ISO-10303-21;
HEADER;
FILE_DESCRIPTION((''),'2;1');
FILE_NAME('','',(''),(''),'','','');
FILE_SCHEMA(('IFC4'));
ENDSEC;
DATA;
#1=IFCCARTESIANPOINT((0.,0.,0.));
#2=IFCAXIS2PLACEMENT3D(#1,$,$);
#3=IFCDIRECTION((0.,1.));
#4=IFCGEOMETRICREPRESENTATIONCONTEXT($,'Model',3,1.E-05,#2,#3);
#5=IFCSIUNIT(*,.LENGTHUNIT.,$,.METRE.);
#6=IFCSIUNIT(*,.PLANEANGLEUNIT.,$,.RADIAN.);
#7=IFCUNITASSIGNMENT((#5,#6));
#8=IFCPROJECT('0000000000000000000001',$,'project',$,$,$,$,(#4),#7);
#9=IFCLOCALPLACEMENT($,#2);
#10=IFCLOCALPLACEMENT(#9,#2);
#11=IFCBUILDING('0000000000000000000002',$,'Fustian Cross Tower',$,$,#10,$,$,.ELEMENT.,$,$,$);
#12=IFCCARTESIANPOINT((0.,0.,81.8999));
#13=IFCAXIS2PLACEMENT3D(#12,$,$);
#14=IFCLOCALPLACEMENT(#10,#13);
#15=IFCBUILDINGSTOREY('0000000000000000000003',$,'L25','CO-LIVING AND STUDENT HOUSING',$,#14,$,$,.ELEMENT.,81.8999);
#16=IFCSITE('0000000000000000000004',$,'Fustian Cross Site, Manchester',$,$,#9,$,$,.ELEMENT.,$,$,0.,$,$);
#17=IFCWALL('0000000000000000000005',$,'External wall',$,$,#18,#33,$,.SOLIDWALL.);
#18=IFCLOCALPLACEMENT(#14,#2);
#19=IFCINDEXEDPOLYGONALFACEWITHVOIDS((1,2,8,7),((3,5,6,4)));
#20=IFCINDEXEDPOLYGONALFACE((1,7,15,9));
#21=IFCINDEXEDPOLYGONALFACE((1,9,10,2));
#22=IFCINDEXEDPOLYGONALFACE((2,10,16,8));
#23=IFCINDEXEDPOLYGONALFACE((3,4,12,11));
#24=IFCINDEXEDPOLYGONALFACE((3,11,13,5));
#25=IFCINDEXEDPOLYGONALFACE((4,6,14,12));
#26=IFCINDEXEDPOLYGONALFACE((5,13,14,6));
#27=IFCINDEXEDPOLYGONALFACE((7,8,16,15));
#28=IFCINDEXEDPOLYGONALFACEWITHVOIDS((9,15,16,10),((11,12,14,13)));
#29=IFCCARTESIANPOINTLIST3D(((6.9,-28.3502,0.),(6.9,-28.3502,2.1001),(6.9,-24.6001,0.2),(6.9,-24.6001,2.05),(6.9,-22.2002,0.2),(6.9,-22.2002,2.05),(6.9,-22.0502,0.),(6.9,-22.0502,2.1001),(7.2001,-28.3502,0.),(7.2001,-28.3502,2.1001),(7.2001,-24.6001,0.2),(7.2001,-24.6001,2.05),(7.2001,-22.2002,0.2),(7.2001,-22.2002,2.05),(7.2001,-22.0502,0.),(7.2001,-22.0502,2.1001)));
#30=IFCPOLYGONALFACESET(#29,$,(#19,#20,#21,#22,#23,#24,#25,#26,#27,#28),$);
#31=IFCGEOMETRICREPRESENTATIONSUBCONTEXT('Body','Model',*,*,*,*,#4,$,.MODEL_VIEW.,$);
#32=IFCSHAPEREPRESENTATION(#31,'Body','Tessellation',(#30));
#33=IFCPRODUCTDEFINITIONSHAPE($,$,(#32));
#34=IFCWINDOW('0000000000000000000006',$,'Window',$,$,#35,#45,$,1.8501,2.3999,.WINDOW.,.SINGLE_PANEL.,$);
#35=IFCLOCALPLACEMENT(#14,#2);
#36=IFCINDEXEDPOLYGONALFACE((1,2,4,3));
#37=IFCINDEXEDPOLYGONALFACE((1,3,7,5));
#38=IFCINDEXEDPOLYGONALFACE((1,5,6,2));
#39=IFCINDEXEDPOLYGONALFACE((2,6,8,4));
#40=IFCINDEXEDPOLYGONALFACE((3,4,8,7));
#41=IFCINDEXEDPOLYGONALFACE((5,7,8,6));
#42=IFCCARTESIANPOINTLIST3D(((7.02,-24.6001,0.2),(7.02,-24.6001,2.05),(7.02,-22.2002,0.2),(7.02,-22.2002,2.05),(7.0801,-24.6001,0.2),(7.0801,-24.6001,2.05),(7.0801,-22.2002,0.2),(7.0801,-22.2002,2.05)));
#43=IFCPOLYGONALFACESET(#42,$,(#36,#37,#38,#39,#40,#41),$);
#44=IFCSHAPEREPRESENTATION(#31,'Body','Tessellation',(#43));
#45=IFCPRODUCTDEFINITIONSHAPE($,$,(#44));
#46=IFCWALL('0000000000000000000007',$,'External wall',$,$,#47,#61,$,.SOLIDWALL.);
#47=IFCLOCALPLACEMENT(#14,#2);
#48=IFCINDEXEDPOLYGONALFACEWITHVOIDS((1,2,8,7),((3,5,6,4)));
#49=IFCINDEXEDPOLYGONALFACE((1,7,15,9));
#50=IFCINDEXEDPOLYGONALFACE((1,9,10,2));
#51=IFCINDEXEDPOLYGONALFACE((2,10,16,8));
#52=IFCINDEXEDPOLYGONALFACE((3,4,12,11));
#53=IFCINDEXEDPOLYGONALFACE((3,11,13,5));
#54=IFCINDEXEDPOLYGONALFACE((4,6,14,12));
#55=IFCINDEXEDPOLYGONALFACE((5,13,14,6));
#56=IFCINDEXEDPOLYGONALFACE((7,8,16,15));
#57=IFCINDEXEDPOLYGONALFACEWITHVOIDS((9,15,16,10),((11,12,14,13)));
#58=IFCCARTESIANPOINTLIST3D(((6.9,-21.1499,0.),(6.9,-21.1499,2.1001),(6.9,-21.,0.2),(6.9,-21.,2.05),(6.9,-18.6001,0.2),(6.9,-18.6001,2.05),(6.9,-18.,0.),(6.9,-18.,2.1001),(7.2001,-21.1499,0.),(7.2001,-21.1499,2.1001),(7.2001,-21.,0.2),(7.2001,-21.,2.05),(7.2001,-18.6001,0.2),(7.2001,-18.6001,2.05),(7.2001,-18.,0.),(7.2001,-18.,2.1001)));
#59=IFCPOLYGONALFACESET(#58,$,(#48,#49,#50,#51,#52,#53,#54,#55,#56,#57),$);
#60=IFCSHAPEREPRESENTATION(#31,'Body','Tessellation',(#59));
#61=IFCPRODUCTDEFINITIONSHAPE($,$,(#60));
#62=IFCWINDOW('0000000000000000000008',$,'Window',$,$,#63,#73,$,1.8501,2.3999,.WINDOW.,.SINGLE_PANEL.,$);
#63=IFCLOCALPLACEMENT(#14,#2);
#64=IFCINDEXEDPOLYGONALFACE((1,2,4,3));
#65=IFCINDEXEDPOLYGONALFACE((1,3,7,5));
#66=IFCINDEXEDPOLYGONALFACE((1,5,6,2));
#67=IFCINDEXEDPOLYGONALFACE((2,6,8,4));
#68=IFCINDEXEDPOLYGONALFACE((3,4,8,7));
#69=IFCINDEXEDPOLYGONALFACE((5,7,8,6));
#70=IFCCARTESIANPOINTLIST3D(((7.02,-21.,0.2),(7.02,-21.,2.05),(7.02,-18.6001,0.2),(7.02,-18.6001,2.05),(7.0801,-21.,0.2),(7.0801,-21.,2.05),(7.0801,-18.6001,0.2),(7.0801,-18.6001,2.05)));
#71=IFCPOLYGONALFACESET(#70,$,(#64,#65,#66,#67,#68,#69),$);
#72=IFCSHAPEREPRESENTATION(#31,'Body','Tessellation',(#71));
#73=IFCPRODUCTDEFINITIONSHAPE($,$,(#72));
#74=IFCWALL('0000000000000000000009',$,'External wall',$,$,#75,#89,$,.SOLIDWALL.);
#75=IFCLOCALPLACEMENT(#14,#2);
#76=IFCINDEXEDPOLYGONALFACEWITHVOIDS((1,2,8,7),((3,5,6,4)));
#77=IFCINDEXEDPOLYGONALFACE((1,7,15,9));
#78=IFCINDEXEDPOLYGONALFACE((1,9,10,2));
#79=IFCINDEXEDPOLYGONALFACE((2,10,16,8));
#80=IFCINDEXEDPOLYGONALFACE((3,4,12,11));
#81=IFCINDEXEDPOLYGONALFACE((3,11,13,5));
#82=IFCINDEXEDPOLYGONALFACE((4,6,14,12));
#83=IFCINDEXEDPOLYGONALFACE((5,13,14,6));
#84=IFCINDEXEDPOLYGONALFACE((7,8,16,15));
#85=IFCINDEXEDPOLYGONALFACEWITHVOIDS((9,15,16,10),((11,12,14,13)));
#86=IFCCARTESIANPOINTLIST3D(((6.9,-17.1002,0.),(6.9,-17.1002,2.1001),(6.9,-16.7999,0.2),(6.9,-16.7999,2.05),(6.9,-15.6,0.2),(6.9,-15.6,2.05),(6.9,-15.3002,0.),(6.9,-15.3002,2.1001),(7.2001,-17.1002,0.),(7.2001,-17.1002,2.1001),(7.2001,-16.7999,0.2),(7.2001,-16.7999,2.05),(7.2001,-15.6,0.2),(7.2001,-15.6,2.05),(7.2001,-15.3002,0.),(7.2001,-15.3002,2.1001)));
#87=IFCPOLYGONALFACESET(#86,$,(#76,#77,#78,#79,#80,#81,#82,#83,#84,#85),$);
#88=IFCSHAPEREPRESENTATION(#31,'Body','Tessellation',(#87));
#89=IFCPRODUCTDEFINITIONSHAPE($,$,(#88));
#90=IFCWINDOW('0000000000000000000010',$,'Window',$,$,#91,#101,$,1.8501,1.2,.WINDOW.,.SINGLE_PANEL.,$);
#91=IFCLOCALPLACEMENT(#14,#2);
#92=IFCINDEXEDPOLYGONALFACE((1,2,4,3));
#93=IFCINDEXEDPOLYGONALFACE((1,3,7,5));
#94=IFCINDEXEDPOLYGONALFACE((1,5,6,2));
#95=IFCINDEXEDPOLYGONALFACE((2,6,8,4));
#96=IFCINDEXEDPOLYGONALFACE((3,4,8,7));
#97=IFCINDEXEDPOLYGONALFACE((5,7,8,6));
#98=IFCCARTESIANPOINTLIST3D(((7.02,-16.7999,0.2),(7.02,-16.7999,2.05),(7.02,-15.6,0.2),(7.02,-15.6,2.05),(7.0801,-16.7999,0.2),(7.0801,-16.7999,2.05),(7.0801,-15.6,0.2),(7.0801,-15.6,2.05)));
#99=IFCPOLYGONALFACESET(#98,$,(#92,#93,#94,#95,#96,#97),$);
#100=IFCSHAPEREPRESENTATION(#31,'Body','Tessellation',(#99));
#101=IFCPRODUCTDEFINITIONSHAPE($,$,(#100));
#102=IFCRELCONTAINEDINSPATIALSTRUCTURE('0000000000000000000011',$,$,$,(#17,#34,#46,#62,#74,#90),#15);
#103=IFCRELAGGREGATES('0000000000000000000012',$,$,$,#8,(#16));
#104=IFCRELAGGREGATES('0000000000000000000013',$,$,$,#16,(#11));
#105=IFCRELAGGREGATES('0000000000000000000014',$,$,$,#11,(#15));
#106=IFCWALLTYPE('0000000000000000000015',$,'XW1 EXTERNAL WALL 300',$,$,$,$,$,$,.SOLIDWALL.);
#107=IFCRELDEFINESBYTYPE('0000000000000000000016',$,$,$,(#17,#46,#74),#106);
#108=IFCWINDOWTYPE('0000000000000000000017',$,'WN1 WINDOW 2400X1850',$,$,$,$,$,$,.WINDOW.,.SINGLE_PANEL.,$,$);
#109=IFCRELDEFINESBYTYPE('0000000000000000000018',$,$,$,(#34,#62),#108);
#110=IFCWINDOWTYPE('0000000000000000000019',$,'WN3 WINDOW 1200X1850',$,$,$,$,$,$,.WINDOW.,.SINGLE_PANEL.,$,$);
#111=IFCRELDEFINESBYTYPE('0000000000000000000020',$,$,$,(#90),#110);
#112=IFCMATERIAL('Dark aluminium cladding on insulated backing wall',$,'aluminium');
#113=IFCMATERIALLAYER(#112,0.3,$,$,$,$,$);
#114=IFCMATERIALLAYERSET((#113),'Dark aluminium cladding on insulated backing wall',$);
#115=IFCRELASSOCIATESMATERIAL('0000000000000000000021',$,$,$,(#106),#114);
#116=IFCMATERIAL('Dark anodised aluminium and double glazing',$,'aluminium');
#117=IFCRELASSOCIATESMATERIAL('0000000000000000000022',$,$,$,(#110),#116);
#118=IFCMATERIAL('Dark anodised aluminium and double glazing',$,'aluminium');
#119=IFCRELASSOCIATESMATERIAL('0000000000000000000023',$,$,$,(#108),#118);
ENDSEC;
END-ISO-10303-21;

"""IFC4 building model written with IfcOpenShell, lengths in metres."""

from ifc_helpers import new_model, si_unit, direction, frame, frame_2d, origin, place, context, subcontext, project, spatial, rectangle, extrude, material, layer, layer_set, type_object, element, fill, save


model = new_model("IFC4")

# Units and contexts
model_context = context("Model", 3, precision=1e-05, world=origin(), true_north=direction((0.0, 1.0)))
body_context = subcontext(model_context, "Body", "Model", "MODEL_VIEW")
ifc_project = project(units=[si_unit("LENGTHUNIT", "METRE"), si_unit("PLANEANGLEUNIT", "RADIAN")], contexts=[model_context])

# Site, building, storey
site_placement = place(None, origin())
site = spatial("IfcSite", under=ifc_project, at=site_placement, Name="Fustian Cross Site, Manchester", CompositionType="ELEMENT", RefElevation=0.0)
building_placement = place(site_placement, origin())
building = spatial("IfcBuilding", under=site, at=building_placement, Name="Fustian Cross Tower", CompositionType="ELEMENT")
storey_placement = place(building_placement, frame((0.0, 0.0, 81.8999)))
storey = spatial("IfcBuildingStorey", under=building, at=storey_placement, Name="L25", Description="CO-LIVING AND STUDENT HOUSING", CompositionType="ELEMENT", Elevation=81.8999)

# Shared definitions
ifc_material_1 = material(Name="Dark aluminium cladding on insulated backing wall", Category="aluminium")
ifc_layer_1 = layer(ifc_material_1, 0.3)
ifc_layer_set_1 = layer_set([ifc_layer_1], Name="Dark aluminium cladding on insulated backing wall")
wall_type_1 = type_object("IfcWallType", Name="XW1 EXTERNAL WALL 300", PredefinedType="SOLIDWALL", material=ifc_layer_set_1)

# Walls, openings, windows
ifc_material_2 = material(Name="Dark anodised aluminium and double glazing", Category="aluminium")
window_type_1 = type_object("IfcWindowType", Name="WN3 WINDOW 1200X1850", PartitioningType="SINGLE_PANEL", PredefinedType="WINDOW", material=ifc_material_2)
ifc_material_3 = material(Name="Dark anodised aluminium and double glazing", Category="aluminium")
window_type_2 = type_object("IfcWindowType", Name="WN1 WINDOW 2400X1850", PartitioningType="SINGLE_PANEL", PredefinedType="WINDOW", material=ifc_material_3)
wall_1_placement = place(storey_placement, frame((7.05, -28.3501, 0.0), z_axis=(0.0, 0.0, 1.0), x_axis=(0.0, 1.0, 0.0)))
wall_1 = element("IfcWall", 1, at=wall_1_placement, inside=storey, type_object=wall_type_1, Name="External wall", PredefinedType="SOLIDWALL", context=body_context, shape_type="SweptSolid", body=[
    extrude(rectangle(XDim=6.3, YDim=0.3, at=frame_2d((3.1499, 0.0))), origin(), (0.0, 0.0, 1.0), 2.1001),
])
opening_1_placement = place(wall_1_placement, frame((3.75, 0.0, 0.2)))
opening_1 = element("IfcOpeningElement", 2, at=opening_1_placement, cuts=wall_1, PredefinedType="OPENING", context=body_context, shape_type="SweptSolid", body=[
    extrude(rectangle(XDim=2.3999, YDim=1.8501, at=frame_2d((1.2, 0.925))), frame((0.0, 0.1599, 0.0), z_axis=(0.0, -1.0, 0.0), x_axis=(1.0, 0.0, 0.0)), (0.0, 0.0, 1.0), 0.3201),
])
window_1_placement = place(opening_1_placement, origin())
window_1 = element("IfcWindow", 3, at=window_1_placement, inside=storey, type_object=window_type_2, Name="Window", OverallHeight=1.8501, OverallWidth=2.3999, PartitioningType="SINGLE_PANEL", PredefinedType="WINDOW", context=body_context, shape_type="SweptSolid", body=[
    extrude(rectangle(XDim=2.3999, YDim=1.8501, at=frame_2d((1.2, 0.925))), frame((0.0, 0.03, 0.0), z_axis=(0.0, -1.0, 0.0), x_axis=(1.0, 0.0, 0.0)), (0.0, 0.0, 1.0), 0.0601),
])
fill(opening_1, window_1)
wall_2_placement = place(storey_placement, frame((7.05, -21.1499, 0.0), z_axis=(0.0, 0.0, 1.0), x_axis=(0.0, 1.0, 0.0)))
wall_2 = element("IfcWall", 4, at=wall_2_placement, inside=storey, type_object=wall_type_1, Name="External wall", PredefinedType="SOLIDWALL", context=body_context, shape_type="SweptSolid", body=[
    extrude(rectangle(XDim=3.1499, YDim=0.3, at=frame_2d((1.575, 0.0))), origin(), (0.0, 0.0, 1.0), 2.1001),
])
opening_2_placement = place(wall_2_placement, frame((0.1499, 0.0, 0.2)))
opening_2 = element("IfcOpeningElement", 5, at=opening_2_placement, cuts=wall_2, PredefinedType="OPENING", context=body_context, shape_type="SweptSolid", body=[
    extrude(rectangle(XDim=2.3999, YDim=1.8501, at=frame_2d((1.2, 0.925))), frame((0.0, 0.1599, 0.0), z_axis=(0.0, -1.0, 0.0), x_axis=(1.0, 0.0, 0.0)), (0.0, 0.0, 1.0), 0.3201),
])
window_2_placement = place(opening_2_placement, origin())
window_2 = element("IfcWindow", 6, at=window_2_placement, inside=storey, type_object=window_type_2, Name="Window", OverallHeight=1.8501, OverallWidth=2.3999, PartitioningType="SINGLE_PANEL", PredefinedType="WINDOW", context=body_context, shape_type="SweptSolid", body=[
    extrude(rectangle(XDim=2.3999, YDim=1.8501, at=frame_2d((1.2, 0.925))), frame((0.0, 0.03, 0.0), z_axis=(0.0, -1.0, 0.0), x_axis=(1.0, 0.0, 0.0)), (0.0, 0.0, 1.0), 0.0601),
])
fill(opening_2, window_2)
wall_3_placement = place(storey_placement, frame((7.05, -17.1001, 0.0), z_axis=(0.0, 0.0, 1.0), x_axis=(0.0, 1.0, 0.0)))
wall_3 = element("IfcWall", 7, at=wall_3_placement, inside=storey, type_object=wall_type_1, Name="External wall", PredefinedType="SOLIDWALL", context=body_context, shape_type="SweptSolid", body=[
    extrude(rectangle(XDim=1.8, YDim=0.3, at=frame_2d((0.8999, 0.0))), origin(), (0.0, 0.0, 1.0), 2.1001),
])
opening_3_placement = place(wall_3_placement, frame((0.3, 0.0, 0.2)))
opening_3 = element("IfcOpeningElement", 8, at=opening_3_placement, cuts=wall_3, PredefinedType="OPENING", context=body_context, shape_type="SweptSolid", body=[
    extrude(rectangle(XDim=1.2, YDim=1.8501, at=frame_2d((0.6001, 0.925))), frame((0.0, 0.1599, 0.0), z_axis=(0.0, -1.0, 0.0), x_axis=(1.0, 0.0, 0.0)), (0.0, 0.0, 1.0), 0.3201),
])
window_3_placement = place(opening_3_placement, origin())
window_3 = element("IfcWindow", 9, at=window_3_placement, inside=storey, type_object=window_type_1, Name="Window", OverallHeight=1.8501, OverallWidth=1.2, PartitioningType="SINGLE_PANEL", PredefinedType="WINDOW", context=body_context, shape_type="SweptSolid", body=[
    extrude(rectangle(XDim=1.2, YDim=1.8501, at=frame_2d((0.6001, 0.925))), frame((0.0, 0.03, 0.0), z_axis=(0.0, -1.0, 0.0), x_axis=(1.0, 0.0, 0.0)), (0.0, 0.0, 1.0), 0.0601),
])
fill(opening_3, window_3)

save(model, "model.ifc")
